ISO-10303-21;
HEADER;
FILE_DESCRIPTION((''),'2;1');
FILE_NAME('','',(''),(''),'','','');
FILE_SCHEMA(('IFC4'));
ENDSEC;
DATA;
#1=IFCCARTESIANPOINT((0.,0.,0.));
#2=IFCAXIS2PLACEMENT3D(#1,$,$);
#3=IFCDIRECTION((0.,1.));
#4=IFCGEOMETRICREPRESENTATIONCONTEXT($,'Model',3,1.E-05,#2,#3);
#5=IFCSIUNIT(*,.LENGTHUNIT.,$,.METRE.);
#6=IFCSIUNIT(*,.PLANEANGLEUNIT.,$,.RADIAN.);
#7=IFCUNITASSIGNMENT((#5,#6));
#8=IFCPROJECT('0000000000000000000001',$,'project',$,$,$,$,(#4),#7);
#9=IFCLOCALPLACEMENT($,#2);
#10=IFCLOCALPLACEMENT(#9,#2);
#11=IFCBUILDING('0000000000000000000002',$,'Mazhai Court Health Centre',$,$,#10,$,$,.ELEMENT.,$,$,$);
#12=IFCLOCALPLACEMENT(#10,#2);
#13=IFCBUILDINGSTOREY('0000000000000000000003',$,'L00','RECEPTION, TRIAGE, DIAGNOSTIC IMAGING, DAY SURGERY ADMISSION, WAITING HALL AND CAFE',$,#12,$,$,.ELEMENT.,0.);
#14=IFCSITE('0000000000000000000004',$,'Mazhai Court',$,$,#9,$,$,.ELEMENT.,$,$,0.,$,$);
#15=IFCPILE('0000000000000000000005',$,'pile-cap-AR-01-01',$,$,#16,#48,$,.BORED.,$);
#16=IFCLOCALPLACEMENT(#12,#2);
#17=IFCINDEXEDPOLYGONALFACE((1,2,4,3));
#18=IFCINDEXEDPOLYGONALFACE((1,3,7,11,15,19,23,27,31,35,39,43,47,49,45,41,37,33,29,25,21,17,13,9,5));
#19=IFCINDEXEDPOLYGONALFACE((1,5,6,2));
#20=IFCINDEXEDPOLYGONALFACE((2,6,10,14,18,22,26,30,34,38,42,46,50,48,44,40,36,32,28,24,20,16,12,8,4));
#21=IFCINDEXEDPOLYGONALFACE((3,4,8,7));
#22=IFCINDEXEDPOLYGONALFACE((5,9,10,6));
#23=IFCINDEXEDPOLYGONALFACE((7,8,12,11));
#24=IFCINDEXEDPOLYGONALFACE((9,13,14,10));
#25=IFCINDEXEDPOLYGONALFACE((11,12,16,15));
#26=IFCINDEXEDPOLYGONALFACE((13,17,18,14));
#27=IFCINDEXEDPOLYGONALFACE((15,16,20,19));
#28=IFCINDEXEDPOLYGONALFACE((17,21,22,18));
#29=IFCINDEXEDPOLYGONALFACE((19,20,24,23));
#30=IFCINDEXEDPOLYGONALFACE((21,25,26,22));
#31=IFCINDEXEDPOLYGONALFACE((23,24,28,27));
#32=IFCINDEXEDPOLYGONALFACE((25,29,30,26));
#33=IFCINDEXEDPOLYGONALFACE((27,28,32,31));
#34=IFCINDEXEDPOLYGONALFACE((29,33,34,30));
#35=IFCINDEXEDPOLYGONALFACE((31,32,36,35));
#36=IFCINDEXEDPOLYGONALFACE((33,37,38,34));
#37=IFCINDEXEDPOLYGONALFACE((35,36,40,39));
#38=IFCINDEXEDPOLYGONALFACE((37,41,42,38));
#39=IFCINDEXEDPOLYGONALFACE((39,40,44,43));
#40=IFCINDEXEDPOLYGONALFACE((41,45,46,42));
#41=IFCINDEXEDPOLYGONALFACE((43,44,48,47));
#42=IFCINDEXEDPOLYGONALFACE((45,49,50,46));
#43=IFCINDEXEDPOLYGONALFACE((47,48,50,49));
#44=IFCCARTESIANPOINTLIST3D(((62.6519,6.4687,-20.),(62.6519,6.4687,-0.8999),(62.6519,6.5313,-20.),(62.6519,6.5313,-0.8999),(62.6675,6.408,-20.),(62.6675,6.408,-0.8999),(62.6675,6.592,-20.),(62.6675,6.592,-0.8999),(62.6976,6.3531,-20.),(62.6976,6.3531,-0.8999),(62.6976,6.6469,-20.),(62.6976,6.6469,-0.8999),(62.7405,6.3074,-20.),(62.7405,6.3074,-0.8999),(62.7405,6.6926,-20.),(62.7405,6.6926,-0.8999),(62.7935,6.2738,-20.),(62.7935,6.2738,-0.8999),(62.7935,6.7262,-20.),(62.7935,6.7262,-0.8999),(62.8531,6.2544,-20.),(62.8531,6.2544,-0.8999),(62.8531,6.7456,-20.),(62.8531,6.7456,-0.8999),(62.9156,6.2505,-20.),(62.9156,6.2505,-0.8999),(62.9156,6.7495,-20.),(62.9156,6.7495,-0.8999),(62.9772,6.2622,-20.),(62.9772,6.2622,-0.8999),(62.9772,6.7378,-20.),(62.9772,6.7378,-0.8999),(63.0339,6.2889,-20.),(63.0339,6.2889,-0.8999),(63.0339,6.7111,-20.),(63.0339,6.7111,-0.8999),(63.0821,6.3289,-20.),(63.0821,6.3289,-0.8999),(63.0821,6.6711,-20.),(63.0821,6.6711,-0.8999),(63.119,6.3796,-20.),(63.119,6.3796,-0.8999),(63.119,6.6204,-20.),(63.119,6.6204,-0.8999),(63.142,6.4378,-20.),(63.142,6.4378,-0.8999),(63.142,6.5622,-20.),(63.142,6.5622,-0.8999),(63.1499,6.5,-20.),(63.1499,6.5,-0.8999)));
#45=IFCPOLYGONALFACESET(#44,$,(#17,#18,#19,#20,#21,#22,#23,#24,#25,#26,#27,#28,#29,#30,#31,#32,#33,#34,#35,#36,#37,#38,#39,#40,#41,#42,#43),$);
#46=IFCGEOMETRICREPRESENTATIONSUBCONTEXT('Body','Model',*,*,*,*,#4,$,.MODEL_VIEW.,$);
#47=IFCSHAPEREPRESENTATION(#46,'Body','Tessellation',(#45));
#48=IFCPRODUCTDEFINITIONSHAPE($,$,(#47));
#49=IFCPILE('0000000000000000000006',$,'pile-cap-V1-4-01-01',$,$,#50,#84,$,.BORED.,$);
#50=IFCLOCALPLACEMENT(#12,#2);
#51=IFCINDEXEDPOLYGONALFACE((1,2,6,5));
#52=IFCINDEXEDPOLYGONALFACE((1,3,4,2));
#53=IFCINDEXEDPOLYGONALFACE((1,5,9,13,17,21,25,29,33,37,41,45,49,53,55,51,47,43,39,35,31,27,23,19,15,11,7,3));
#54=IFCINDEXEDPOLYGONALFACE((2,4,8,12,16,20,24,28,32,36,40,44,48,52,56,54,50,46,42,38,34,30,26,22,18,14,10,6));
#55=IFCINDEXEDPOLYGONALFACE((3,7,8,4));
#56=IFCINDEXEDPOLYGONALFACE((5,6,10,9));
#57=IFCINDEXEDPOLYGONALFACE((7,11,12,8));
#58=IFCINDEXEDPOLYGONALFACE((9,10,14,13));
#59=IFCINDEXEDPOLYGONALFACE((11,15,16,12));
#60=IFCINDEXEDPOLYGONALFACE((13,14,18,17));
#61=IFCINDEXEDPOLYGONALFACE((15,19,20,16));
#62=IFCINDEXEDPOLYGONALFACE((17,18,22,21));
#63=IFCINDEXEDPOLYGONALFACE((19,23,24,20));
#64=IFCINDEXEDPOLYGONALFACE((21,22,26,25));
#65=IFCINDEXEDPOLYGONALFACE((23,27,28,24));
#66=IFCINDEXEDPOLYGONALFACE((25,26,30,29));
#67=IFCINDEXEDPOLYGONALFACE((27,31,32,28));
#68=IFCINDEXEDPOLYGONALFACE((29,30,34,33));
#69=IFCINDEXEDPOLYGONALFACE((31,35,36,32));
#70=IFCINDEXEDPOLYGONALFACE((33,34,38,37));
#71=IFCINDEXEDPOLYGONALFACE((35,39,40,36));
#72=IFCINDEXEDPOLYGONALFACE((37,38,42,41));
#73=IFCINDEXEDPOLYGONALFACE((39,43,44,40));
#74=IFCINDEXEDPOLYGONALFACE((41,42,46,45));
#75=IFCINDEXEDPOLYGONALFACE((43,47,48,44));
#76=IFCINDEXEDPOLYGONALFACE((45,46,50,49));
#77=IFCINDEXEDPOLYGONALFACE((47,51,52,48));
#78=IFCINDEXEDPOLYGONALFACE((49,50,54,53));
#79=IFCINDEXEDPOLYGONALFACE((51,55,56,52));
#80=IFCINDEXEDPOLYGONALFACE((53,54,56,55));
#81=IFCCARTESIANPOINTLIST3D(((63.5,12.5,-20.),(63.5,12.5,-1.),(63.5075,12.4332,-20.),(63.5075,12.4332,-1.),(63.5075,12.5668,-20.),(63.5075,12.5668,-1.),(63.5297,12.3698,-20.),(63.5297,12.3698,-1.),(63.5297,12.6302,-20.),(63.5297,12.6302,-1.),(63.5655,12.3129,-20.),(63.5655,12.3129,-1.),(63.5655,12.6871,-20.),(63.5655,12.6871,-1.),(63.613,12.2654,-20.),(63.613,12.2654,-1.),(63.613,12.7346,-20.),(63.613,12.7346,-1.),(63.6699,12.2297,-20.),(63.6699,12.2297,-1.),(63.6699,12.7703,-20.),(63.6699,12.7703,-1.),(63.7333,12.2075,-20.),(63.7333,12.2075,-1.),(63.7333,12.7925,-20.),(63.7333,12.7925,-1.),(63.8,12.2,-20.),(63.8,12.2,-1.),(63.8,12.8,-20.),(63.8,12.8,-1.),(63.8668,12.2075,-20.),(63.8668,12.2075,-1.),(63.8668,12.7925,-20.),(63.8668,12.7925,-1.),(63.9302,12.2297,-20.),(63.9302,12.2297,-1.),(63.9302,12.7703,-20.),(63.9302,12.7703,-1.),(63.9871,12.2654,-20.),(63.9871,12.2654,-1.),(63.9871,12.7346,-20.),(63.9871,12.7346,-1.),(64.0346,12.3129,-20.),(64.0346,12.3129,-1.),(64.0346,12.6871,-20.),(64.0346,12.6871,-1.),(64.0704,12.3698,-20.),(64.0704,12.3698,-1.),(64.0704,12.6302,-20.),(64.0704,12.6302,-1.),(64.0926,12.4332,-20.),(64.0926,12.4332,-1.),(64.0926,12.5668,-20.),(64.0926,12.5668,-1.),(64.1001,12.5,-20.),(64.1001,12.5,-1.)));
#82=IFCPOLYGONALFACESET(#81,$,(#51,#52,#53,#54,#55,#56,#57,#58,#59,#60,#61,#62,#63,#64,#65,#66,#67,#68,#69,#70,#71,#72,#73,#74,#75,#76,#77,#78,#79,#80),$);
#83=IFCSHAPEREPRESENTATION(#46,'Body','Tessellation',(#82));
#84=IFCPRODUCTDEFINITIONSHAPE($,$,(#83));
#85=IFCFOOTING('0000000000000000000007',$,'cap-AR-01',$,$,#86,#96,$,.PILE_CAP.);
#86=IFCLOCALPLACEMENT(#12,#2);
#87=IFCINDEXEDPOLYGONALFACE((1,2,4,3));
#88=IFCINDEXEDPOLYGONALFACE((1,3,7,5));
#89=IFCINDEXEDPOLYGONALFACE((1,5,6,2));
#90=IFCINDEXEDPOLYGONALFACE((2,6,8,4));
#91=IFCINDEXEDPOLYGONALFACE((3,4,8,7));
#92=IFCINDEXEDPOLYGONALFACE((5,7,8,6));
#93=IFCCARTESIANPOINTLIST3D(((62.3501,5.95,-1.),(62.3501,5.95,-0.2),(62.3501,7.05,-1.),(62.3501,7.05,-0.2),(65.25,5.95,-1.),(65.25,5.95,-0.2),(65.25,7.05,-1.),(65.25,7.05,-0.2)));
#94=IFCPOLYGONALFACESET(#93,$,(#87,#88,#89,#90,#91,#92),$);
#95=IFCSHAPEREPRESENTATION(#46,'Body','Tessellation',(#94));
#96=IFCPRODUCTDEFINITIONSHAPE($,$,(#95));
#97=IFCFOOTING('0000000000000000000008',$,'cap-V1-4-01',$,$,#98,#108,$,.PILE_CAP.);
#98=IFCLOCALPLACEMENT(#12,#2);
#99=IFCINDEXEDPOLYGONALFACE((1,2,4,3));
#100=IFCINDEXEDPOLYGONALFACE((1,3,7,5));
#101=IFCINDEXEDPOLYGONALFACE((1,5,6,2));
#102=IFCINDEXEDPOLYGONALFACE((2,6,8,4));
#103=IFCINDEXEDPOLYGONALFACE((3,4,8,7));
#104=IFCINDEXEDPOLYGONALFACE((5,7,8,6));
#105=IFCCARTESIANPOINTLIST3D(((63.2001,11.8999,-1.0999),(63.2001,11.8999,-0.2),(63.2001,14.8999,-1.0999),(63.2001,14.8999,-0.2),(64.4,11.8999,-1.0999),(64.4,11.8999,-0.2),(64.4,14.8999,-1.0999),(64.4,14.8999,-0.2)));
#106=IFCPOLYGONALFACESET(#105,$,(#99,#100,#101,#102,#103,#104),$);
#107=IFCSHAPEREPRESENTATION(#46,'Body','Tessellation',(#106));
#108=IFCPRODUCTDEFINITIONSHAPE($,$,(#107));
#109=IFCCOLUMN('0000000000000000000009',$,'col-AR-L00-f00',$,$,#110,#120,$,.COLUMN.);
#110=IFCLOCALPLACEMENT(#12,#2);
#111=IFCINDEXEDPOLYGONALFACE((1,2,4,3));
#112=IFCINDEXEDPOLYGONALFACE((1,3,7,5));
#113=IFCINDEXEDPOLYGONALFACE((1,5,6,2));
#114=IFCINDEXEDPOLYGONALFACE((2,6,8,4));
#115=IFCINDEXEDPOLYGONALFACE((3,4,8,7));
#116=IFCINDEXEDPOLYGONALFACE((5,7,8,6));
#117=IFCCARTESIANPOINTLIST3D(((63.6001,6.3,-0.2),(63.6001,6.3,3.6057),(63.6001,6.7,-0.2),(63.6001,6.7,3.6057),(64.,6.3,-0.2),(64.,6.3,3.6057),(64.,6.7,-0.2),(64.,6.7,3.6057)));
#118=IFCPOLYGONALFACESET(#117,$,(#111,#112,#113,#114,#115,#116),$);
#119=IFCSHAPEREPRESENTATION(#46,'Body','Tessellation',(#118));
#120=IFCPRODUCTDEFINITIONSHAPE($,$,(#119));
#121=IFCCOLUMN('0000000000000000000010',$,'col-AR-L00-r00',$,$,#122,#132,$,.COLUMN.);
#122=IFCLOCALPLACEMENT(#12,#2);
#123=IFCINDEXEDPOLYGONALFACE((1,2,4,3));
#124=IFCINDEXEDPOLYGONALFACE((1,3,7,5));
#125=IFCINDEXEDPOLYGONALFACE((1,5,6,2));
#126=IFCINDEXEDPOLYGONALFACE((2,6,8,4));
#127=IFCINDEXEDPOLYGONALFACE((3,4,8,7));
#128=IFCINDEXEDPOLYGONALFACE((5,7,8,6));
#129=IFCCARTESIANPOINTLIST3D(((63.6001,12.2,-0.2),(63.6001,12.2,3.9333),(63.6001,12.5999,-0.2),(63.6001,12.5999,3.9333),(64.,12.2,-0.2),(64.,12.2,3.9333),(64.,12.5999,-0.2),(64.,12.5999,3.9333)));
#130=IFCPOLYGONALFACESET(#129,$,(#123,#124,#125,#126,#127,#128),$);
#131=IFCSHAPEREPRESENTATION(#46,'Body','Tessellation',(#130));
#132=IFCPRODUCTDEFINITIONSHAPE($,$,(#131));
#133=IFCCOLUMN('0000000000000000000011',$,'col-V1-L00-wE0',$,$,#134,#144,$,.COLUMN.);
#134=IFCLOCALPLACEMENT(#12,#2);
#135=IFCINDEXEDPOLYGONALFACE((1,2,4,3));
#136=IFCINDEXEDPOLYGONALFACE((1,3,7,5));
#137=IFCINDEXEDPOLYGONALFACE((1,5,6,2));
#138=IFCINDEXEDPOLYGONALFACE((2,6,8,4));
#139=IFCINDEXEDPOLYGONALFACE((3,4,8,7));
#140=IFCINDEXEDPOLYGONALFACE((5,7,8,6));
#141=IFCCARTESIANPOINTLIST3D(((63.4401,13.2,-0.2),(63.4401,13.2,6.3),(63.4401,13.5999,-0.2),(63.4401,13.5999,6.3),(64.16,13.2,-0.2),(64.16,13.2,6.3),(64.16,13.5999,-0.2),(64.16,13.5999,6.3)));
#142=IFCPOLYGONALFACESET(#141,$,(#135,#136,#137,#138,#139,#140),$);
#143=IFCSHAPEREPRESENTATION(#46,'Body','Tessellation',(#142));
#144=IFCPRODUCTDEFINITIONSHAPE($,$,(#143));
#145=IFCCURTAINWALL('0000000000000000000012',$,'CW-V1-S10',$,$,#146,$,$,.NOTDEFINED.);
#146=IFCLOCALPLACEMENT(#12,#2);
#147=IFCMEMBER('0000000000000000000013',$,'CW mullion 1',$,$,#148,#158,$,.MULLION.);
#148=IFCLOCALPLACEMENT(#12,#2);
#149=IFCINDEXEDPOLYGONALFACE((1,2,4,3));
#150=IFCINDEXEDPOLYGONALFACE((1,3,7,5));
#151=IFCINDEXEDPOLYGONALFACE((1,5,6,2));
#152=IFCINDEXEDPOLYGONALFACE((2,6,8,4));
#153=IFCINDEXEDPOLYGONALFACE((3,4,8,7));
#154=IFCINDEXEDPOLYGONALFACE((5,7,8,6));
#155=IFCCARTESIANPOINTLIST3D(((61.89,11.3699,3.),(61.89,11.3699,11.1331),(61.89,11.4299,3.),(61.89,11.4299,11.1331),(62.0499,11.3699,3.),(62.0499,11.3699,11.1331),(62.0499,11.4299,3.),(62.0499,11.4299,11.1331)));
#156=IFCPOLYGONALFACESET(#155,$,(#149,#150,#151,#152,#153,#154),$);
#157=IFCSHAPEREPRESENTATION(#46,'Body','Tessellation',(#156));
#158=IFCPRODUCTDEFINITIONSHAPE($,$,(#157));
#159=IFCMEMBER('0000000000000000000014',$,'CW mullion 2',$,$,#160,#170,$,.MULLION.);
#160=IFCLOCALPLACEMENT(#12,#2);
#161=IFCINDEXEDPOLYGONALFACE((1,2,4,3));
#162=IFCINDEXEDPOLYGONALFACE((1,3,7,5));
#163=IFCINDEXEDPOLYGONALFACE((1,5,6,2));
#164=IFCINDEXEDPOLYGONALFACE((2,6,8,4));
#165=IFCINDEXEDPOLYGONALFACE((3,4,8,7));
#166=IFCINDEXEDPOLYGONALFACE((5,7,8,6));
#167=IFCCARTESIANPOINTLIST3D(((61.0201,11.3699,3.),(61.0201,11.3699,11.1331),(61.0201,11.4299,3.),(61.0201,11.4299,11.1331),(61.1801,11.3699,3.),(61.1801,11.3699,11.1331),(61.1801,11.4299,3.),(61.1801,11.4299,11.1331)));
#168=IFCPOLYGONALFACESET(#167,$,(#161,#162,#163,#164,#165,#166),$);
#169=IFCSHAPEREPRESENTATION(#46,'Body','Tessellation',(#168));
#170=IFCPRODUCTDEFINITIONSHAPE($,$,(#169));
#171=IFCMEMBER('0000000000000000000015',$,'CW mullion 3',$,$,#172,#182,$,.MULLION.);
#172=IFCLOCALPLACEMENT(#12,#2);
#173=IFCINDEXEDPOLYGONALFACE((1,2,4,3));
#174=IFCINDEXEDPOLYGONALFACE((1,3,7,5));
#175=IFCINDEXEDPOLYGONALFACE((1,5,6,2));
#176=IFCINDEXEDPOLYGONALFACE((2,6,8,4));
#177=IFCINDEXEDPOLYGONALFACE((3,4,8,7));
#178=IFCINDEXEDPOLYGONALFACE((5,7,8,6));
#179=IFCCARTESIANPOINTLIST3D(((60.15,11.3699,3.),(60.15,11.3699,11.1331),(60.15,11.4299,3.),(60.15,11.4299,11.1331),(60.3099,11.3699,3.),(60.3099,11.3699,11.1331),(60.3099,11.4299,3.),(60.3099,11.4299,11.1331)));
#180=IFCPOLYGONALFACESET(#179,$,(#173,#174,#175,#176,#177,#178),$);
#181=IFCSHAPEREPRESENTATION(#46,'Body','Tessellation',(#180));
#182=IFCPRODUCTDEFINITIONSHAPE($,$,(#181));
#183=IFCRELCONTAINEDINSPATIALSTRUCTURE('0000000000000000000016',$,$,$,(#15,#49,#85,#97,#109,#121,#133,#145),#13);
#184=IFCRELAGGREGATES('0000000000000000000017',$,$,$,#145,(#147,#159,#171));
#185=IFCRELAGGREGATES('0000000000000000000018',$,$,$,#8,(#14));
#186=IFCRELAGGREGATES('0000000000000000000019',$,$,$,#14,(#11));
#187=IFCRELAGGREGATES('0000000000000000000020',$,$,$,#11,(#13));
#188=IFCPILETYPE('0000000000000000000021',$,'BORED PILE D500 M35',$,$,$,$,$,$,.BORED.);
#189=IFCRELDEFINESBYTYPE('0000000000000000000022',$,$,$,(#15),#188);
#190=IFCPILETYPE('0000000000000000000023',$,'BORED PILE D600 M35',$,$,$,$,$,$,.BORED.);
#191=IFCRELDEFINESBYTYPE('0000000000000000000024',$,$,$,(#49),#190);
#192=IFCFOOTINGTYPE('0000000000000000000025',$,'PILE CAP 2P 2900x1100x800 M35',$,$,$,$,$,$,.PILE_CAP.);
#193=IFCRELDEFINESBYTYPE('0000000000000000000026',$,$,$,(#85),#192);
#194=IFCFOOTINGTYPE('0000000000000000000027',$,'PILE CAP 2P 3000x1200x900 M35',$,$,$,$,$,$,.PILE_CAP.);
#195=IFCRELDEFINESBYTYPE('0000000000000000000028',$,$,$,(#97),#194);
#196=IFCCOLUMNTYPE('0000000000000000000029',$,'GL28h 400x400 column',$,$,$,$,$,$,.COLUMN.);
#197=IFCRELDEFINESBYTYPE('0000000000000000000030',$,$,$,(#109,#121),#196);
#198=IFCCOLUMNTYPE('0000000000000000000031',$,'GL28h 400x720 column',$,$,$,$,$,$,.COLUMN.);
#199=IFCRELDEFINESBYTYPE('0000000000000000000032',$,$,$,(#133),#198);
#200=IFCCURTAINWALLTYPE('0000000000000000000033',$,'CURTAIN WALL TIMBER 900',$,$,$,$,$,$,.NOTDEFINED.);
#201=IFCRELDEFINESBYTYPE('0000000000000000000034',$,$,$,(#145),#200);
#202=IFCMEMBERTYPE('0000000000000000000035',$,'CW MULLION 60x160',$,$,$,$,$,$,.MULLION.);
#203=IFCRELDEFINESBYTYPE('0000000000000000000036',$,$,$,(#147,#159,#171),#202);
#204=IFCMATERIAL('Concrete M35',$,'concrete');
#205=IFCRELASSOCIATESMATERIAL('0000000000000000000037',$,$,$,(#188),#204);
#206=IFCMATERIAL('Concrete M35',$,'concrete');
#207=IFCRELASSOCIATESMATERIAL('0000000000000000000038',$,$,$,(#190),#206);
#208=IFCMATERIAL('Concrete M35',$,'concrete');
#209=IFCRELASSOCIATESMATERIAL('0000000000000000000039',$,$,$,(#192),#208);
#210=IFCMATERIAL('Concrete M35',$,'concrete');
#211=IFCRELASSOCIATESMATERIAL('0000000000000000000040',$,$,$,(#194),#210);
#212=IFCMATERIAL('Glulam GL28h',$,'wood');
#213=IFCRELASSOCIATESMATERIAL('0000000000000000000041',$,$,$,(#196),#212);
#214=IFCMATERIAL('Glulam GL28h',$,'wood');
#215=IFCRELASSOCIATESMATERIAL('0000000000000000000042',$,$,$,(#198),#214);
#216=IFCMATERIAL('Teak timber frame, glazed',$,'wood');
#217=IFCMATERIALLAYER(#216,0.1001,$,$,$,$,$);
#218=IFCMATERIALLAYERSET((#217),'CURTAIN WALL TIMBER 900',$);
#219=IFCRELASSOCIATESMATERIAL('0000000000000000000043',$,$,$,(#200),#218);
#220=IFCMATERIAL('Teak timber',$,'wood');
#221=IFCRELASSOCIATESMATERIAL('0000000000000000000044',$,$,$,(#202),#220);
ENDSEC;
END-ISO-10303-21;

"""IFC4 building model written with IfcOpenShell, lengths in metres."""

from ifc_helpers import new_model, si_unit, direction, frame, origin, origin_2d, place, context, subcontext, project, spatial, rectangle, circle, extrude, material, layer, layer_set, material_profile, profile_set, type_object, element, aggregate, save


model = new_model("IFC4")

# Units and contexts
model_context = context("Model", 3, precision=1e-05, world=origin(), true_north=direction((0.0, 1.0)))
body_context = subcontext(model_context, "Body", "Model", "MODEL_VIEW")
ifc_project = project(units=[si_unit("LENGTHUNIT", "METRE"), si_unit("PLANEANGLEUNIT", "RADIAN")], contexts=[model_context])

# Site, building, storey
site_placement = place(None, origin())
site = spatial("IfcSite", under=ifc_project, at=site_placement, Name="Mazhai Court", CompositionType="ELEMENT", RefElevation=0.0)
building_placement = place(site_placement, origin())
building = spatial("IfcBuilding", under=site, at=building_placement, Name="Mazhai Court Health Centre", CompositionType="ELEMENT")
storey_placement = place(building_placement, origin())
storey = spatial("IfcBuildingStorey", under=building, at=storey_placement, Name="L00", Description="RECEPTION, TRIAGE, DIAGNOSTIC IMAGING, DAY SURGERY ADMISSION, WAITING HALL AND CAFE", CompositionType="ELEMENT", Elevation=0.0)

# Piles
ifc_material_1 = material(Name="Concrete M35", Category="concrete")
ifc_material_profile_1 = material_profile(ifc_material_1, circle(Radius=0.25, at=origin_2d()), Name="RC PILE D500")
ifc_profile_set_1 = profile_set([ifc_material_profile_1], Name="Concrete M35")
pile_type_1 = type_object("IfcPileType", Name="BORED PILE D500 M35", PredefinedType="BORED", material=ifc_profile_set_1)
pile_1_placement = place(storey_placement, frame((62.8999, 6.5, -0.8999), z_axis=(0.0, 0.0, -1.0), x_axis=(1.0, 0.0, 0.0)))
element("IfcPile", 1, at=pile_1_placement, inside=storey, type_object=pile_type_1, Name="pile-cap-AR-01-01", PredefinedType="BORED", context=body_context, shape_type="SweptSolid", body=[
    extrude(circle(Radius=0.25, at=origin_2d()), origin(), (0.0, 0.0, 1.0), 19.1001),
])
ifc_material_2 = material(Name="Concrete M35", Category="concrete")
ifc_material_profile_2 = material_profile(ifc_material_2, circle(Radius=0.3, at=origin_2d()), Name="RC PILE D600")
ifc_profile_set_2 = profile_set([ifc_material_profile_2], Name="Concrete M35")
pile_type_2 = type_object("IfcPileType", Name="BORED PILE D600 M35", PredefinedType="BORED", material=ifc_profile_set_2)
pile_2_placement = place(storey_placement, frame((63.8, 12.5, -1.0), z_axis=(0.0, 0.0, -1.0), x_axis=(1.0, 0.0, 0.0)))
element("IfcPile", 2, at=pile_2_placement, inside=storey, type_object=pile_type_2, Name="pile-cap-V1-4-01-01", PredefinedType="BORED", context=body_context, shape_type="SweptSolid", body=[
    extrude(circle(Radius=0.3, at=origin_2d()), origin(), (0.0, 0.0, 1.0), 19.0),
])

# Footings
ifc_material_3 = material(Name="Concrete M35", Category="concrete")
footing_type_1 = type_object("IfcFootingType", Name="PILE CAP 2P 2900x1100x800 M35", PredefinedType="PILE_CAP", material=ifc_material_3)
footing_1_placement = place(storey_placement, frame((63.8, 6.5, -1.0), z_axis=(0.0, 0.0, 1.0), x_axis=(1.0, 0.0, 0.0)))
element("IfcFooting", 3, at=footing_1_placement, inside=storey, type_object=footing_type_1, Name="cap-AR-01", PredefinedType="PILE_CAP", context=body_context, shape_type="SweptSolid", body=[
    extrude(rectangle(XDim=2.8999, YDim=1.1001, at=origin_2d()), origin(), (0.0, 0.0, 1.0), 0.8),
])
ifc_material_4 = material(Name="Concrete M35", Category="concrete")
footing_type_2 = type_object("IfcFootingType", Name="PILE CAP 2P 3000x1200x900 M35", PredefinedType="PILE_CAP", material=ifc_material_4)
footing_2_placement = place(storey_placement, frame((63.8, 13.3999, -1.0999), z_axis=(0.0, 0.0, 1.0), x_axis=(1.0, 0.0, 0.0)))
element("IfcFooting", 4, at=footing_2_placement, inside=storey, type_object=footing_type_2, Name="cap-V1-4-01", PredefinedType="PILE_CAP", context=body_context, shape_type="SweptSolid", body=[
    extrude(rectangle(XDim=1.2, YDim=3.0, at=origin_2d()), origin(), (0.0, 0.0, 1.0), 0.8999),
])

# Columns
ifc_material_5 = material(Name="Glulam GL28h", Category="wood")
ifc_material_profile_3 = material_profile(ifc_material_5, rectangle(XDim=0.3999, YDim=0.3999, at=origin_2d()), Name="GL28h 400x400")
ifc_profile_set_3 = profile_set([ifc_material_profile_3], Name="Glulam GL28h")
column_type_1 = type_object("IfcColumnType", Name="GL28h 400x400 column", PredefinedType="COLUMN", material=ifc_profile_set_3)
column_1_placement = place(storey_placement, frame((63.8, 6.5, -0.2), z_axis=(0.0, 0.0, 1.0), x_axis=(1.0, 0.0, 0.0)))
element("IfcColumn", 5, at=column_1_placement, inside=storey, type_object=column_type_1, Name="col-AR-L00-f00", PredefinedType="COLUMN", context=body_context, shape_type="SweptSolid", body=[
    extrude(rectangle(XDim=0.3999, YDim=0.3999, at=origin_2d()), origin(), (0.0, 0.0, 1.0), 3.8057),
])
column_2_placement = place(storey_placement, frame((63.8, 12.3999, -0.2), z_axis=(0.0, 0.0, 1.0), x_axis=(1.0, 0.0, 0.0)))
element("IfcColumn", 6, at=column_2_placement, inside=storey, type_object=column_type_1, Name="col-AR-L00-r00", PredefinedType="COLUMN", context=body_context, shape_type="SweptSolid", body=[
    extrude(rectangle(XDim=0.3999, YDim=0.3999, at=origin_2d()), origin(), (0.0, 0.0, 1.0), 4.1333),
])
ifc_material_6 = material(Name="Glulam GL28h", Category="wood")
ifc_material_profile_4 = material_profile(ifc_material_6, rectangle(XDim=0.3999, YDim=0.72, at=origin_2d()), Name="GL28h 400x720")
ifc_profile_set_4 = profile_set([ifc_material_profile_4], Name="Glulam GL28h")
column_type_2 = type_object("IfcColumnType", Name="GL28h 400x720 column", PredefinedType="COLUMN", material=ifc_profile_set_4)
column_3_placement = place(storey_placement, frame((63.8, 13.3999, -0.2), z_axis=(0.0, 0.0, 1.0), x_axis=(0.0, 1.0, 0.0)))
element("IfcColumn", 7, at=column_3_placement, inside=storey, type_object=column_type_2, Name="col-V1-L00-wE0", PredefinedType="COLUMN", context=body_context, shape_type="SweptSolid", body=[
    extrude(rectangle(XDim=0.3999, YDim=0.72, at=origin_2d()), origin(), (0.0, 0.0, 1.0), 6.5),
])

# Curtain wall, members
ifc_material_7 = material(Name="Teak timber frame, glazed", Category="wood")
ifc_layer_1 = layer(ifc_material_7, 0.1001)
ifc_layer_set_1 = layer_set([ifc_layer_1], Name="CURTAIN WALL TIMBER 900")
curtain_wall_type = type_object("IfcCurtainWallType", Name="CURTAIN WALL TIMBER 900", PredefinedType="NOTDEFINED", material=ifc_layer_set_1)
curtain_wall_placement = place(storey_placement, origin())
curtain_wall = element("IfcCurtainWall", 8, at=curtain_wall_placement, inside=storey, type_object=curtain_wall_type, Name="CW-V1-S10", PredefinedType="NOTDEFINED")
ifc_material_8 = material(Name="Teak timber", Category="wood")
ifc_material_profile_5 = material_profile(ifc_material_8, rectangle(XDim=0.0601, YDim=0.1599, at=origin_2d()), Name="CW MULLION 60x160")
ifc_profile_set_5 = profile_set([ifc_material_profile_5], Name="Teak timber")
member_type_1 = type_object("IfcMemberType", Name="CW MULLION 60x160", PredefinedType="MULLION", material=ifc_profile_set_5)
member_1_placement = place(storey_placement, frame((61.97, 11.3999, 3.0), z_axis=(0.0, 0.0, 1.0), x_axis=(0.0, -1.0, 0.0)))
member_1 = element("IfcMember", 9, at=member_1_placement, type_object=member_type_1, Name="CW mullion 1", PredefinedType="MULLION", context=body_context, shape_type="SweptSolid", body=[
    extrude(rectangle(XDim=0.0601, YDim=0.1599, at=origin_2d()), origin(), (0.0, 0.0, 1.0), 8.1331),
])
member_2_placement = place(storey_placement, frame((61.1001, 11.3999, 3.0), z_axis=(0.0, 0.0, 1.0), x_axis=(0.0, -1.0, 0.0)))
member_2 = element("IfcMember", 10, at=member_2_placement, type_object=member_type_1, Name="CW mullion 2", PredefinedType="MULLION", context=body_context, shape_type="SweptSolid", body=[
    extrude(rectangle(XDim=0.0601, YDim=0.1599, at=origin_2d()), origin(), (0.0, 0.0, 1.0), 8.1331),
])
member_3_placement = place(storey_placement, frame((60.23, 11.3999, 3.0), z_axis=(0.0, 0.0, 1.0), x_axis=(0.0, -1.0, 0.0)))
member_3 = element("IfcMember", 11, at=member_3_placement, type_object=member_type_1, Name="CW mullion 3", PredefinedType="MULLION", context=body_context, shape_type="SweptSolid", body=[
    extrude(rectangle(XDim=0.0601, YDim=0.1599, at=origin_2d()), origin(), (0.0, 0.0, 1.0), 8.1331),
])

aggregate(curtain_wall, [member_1, member_2, member_3])

save(model, "model.ifc")
